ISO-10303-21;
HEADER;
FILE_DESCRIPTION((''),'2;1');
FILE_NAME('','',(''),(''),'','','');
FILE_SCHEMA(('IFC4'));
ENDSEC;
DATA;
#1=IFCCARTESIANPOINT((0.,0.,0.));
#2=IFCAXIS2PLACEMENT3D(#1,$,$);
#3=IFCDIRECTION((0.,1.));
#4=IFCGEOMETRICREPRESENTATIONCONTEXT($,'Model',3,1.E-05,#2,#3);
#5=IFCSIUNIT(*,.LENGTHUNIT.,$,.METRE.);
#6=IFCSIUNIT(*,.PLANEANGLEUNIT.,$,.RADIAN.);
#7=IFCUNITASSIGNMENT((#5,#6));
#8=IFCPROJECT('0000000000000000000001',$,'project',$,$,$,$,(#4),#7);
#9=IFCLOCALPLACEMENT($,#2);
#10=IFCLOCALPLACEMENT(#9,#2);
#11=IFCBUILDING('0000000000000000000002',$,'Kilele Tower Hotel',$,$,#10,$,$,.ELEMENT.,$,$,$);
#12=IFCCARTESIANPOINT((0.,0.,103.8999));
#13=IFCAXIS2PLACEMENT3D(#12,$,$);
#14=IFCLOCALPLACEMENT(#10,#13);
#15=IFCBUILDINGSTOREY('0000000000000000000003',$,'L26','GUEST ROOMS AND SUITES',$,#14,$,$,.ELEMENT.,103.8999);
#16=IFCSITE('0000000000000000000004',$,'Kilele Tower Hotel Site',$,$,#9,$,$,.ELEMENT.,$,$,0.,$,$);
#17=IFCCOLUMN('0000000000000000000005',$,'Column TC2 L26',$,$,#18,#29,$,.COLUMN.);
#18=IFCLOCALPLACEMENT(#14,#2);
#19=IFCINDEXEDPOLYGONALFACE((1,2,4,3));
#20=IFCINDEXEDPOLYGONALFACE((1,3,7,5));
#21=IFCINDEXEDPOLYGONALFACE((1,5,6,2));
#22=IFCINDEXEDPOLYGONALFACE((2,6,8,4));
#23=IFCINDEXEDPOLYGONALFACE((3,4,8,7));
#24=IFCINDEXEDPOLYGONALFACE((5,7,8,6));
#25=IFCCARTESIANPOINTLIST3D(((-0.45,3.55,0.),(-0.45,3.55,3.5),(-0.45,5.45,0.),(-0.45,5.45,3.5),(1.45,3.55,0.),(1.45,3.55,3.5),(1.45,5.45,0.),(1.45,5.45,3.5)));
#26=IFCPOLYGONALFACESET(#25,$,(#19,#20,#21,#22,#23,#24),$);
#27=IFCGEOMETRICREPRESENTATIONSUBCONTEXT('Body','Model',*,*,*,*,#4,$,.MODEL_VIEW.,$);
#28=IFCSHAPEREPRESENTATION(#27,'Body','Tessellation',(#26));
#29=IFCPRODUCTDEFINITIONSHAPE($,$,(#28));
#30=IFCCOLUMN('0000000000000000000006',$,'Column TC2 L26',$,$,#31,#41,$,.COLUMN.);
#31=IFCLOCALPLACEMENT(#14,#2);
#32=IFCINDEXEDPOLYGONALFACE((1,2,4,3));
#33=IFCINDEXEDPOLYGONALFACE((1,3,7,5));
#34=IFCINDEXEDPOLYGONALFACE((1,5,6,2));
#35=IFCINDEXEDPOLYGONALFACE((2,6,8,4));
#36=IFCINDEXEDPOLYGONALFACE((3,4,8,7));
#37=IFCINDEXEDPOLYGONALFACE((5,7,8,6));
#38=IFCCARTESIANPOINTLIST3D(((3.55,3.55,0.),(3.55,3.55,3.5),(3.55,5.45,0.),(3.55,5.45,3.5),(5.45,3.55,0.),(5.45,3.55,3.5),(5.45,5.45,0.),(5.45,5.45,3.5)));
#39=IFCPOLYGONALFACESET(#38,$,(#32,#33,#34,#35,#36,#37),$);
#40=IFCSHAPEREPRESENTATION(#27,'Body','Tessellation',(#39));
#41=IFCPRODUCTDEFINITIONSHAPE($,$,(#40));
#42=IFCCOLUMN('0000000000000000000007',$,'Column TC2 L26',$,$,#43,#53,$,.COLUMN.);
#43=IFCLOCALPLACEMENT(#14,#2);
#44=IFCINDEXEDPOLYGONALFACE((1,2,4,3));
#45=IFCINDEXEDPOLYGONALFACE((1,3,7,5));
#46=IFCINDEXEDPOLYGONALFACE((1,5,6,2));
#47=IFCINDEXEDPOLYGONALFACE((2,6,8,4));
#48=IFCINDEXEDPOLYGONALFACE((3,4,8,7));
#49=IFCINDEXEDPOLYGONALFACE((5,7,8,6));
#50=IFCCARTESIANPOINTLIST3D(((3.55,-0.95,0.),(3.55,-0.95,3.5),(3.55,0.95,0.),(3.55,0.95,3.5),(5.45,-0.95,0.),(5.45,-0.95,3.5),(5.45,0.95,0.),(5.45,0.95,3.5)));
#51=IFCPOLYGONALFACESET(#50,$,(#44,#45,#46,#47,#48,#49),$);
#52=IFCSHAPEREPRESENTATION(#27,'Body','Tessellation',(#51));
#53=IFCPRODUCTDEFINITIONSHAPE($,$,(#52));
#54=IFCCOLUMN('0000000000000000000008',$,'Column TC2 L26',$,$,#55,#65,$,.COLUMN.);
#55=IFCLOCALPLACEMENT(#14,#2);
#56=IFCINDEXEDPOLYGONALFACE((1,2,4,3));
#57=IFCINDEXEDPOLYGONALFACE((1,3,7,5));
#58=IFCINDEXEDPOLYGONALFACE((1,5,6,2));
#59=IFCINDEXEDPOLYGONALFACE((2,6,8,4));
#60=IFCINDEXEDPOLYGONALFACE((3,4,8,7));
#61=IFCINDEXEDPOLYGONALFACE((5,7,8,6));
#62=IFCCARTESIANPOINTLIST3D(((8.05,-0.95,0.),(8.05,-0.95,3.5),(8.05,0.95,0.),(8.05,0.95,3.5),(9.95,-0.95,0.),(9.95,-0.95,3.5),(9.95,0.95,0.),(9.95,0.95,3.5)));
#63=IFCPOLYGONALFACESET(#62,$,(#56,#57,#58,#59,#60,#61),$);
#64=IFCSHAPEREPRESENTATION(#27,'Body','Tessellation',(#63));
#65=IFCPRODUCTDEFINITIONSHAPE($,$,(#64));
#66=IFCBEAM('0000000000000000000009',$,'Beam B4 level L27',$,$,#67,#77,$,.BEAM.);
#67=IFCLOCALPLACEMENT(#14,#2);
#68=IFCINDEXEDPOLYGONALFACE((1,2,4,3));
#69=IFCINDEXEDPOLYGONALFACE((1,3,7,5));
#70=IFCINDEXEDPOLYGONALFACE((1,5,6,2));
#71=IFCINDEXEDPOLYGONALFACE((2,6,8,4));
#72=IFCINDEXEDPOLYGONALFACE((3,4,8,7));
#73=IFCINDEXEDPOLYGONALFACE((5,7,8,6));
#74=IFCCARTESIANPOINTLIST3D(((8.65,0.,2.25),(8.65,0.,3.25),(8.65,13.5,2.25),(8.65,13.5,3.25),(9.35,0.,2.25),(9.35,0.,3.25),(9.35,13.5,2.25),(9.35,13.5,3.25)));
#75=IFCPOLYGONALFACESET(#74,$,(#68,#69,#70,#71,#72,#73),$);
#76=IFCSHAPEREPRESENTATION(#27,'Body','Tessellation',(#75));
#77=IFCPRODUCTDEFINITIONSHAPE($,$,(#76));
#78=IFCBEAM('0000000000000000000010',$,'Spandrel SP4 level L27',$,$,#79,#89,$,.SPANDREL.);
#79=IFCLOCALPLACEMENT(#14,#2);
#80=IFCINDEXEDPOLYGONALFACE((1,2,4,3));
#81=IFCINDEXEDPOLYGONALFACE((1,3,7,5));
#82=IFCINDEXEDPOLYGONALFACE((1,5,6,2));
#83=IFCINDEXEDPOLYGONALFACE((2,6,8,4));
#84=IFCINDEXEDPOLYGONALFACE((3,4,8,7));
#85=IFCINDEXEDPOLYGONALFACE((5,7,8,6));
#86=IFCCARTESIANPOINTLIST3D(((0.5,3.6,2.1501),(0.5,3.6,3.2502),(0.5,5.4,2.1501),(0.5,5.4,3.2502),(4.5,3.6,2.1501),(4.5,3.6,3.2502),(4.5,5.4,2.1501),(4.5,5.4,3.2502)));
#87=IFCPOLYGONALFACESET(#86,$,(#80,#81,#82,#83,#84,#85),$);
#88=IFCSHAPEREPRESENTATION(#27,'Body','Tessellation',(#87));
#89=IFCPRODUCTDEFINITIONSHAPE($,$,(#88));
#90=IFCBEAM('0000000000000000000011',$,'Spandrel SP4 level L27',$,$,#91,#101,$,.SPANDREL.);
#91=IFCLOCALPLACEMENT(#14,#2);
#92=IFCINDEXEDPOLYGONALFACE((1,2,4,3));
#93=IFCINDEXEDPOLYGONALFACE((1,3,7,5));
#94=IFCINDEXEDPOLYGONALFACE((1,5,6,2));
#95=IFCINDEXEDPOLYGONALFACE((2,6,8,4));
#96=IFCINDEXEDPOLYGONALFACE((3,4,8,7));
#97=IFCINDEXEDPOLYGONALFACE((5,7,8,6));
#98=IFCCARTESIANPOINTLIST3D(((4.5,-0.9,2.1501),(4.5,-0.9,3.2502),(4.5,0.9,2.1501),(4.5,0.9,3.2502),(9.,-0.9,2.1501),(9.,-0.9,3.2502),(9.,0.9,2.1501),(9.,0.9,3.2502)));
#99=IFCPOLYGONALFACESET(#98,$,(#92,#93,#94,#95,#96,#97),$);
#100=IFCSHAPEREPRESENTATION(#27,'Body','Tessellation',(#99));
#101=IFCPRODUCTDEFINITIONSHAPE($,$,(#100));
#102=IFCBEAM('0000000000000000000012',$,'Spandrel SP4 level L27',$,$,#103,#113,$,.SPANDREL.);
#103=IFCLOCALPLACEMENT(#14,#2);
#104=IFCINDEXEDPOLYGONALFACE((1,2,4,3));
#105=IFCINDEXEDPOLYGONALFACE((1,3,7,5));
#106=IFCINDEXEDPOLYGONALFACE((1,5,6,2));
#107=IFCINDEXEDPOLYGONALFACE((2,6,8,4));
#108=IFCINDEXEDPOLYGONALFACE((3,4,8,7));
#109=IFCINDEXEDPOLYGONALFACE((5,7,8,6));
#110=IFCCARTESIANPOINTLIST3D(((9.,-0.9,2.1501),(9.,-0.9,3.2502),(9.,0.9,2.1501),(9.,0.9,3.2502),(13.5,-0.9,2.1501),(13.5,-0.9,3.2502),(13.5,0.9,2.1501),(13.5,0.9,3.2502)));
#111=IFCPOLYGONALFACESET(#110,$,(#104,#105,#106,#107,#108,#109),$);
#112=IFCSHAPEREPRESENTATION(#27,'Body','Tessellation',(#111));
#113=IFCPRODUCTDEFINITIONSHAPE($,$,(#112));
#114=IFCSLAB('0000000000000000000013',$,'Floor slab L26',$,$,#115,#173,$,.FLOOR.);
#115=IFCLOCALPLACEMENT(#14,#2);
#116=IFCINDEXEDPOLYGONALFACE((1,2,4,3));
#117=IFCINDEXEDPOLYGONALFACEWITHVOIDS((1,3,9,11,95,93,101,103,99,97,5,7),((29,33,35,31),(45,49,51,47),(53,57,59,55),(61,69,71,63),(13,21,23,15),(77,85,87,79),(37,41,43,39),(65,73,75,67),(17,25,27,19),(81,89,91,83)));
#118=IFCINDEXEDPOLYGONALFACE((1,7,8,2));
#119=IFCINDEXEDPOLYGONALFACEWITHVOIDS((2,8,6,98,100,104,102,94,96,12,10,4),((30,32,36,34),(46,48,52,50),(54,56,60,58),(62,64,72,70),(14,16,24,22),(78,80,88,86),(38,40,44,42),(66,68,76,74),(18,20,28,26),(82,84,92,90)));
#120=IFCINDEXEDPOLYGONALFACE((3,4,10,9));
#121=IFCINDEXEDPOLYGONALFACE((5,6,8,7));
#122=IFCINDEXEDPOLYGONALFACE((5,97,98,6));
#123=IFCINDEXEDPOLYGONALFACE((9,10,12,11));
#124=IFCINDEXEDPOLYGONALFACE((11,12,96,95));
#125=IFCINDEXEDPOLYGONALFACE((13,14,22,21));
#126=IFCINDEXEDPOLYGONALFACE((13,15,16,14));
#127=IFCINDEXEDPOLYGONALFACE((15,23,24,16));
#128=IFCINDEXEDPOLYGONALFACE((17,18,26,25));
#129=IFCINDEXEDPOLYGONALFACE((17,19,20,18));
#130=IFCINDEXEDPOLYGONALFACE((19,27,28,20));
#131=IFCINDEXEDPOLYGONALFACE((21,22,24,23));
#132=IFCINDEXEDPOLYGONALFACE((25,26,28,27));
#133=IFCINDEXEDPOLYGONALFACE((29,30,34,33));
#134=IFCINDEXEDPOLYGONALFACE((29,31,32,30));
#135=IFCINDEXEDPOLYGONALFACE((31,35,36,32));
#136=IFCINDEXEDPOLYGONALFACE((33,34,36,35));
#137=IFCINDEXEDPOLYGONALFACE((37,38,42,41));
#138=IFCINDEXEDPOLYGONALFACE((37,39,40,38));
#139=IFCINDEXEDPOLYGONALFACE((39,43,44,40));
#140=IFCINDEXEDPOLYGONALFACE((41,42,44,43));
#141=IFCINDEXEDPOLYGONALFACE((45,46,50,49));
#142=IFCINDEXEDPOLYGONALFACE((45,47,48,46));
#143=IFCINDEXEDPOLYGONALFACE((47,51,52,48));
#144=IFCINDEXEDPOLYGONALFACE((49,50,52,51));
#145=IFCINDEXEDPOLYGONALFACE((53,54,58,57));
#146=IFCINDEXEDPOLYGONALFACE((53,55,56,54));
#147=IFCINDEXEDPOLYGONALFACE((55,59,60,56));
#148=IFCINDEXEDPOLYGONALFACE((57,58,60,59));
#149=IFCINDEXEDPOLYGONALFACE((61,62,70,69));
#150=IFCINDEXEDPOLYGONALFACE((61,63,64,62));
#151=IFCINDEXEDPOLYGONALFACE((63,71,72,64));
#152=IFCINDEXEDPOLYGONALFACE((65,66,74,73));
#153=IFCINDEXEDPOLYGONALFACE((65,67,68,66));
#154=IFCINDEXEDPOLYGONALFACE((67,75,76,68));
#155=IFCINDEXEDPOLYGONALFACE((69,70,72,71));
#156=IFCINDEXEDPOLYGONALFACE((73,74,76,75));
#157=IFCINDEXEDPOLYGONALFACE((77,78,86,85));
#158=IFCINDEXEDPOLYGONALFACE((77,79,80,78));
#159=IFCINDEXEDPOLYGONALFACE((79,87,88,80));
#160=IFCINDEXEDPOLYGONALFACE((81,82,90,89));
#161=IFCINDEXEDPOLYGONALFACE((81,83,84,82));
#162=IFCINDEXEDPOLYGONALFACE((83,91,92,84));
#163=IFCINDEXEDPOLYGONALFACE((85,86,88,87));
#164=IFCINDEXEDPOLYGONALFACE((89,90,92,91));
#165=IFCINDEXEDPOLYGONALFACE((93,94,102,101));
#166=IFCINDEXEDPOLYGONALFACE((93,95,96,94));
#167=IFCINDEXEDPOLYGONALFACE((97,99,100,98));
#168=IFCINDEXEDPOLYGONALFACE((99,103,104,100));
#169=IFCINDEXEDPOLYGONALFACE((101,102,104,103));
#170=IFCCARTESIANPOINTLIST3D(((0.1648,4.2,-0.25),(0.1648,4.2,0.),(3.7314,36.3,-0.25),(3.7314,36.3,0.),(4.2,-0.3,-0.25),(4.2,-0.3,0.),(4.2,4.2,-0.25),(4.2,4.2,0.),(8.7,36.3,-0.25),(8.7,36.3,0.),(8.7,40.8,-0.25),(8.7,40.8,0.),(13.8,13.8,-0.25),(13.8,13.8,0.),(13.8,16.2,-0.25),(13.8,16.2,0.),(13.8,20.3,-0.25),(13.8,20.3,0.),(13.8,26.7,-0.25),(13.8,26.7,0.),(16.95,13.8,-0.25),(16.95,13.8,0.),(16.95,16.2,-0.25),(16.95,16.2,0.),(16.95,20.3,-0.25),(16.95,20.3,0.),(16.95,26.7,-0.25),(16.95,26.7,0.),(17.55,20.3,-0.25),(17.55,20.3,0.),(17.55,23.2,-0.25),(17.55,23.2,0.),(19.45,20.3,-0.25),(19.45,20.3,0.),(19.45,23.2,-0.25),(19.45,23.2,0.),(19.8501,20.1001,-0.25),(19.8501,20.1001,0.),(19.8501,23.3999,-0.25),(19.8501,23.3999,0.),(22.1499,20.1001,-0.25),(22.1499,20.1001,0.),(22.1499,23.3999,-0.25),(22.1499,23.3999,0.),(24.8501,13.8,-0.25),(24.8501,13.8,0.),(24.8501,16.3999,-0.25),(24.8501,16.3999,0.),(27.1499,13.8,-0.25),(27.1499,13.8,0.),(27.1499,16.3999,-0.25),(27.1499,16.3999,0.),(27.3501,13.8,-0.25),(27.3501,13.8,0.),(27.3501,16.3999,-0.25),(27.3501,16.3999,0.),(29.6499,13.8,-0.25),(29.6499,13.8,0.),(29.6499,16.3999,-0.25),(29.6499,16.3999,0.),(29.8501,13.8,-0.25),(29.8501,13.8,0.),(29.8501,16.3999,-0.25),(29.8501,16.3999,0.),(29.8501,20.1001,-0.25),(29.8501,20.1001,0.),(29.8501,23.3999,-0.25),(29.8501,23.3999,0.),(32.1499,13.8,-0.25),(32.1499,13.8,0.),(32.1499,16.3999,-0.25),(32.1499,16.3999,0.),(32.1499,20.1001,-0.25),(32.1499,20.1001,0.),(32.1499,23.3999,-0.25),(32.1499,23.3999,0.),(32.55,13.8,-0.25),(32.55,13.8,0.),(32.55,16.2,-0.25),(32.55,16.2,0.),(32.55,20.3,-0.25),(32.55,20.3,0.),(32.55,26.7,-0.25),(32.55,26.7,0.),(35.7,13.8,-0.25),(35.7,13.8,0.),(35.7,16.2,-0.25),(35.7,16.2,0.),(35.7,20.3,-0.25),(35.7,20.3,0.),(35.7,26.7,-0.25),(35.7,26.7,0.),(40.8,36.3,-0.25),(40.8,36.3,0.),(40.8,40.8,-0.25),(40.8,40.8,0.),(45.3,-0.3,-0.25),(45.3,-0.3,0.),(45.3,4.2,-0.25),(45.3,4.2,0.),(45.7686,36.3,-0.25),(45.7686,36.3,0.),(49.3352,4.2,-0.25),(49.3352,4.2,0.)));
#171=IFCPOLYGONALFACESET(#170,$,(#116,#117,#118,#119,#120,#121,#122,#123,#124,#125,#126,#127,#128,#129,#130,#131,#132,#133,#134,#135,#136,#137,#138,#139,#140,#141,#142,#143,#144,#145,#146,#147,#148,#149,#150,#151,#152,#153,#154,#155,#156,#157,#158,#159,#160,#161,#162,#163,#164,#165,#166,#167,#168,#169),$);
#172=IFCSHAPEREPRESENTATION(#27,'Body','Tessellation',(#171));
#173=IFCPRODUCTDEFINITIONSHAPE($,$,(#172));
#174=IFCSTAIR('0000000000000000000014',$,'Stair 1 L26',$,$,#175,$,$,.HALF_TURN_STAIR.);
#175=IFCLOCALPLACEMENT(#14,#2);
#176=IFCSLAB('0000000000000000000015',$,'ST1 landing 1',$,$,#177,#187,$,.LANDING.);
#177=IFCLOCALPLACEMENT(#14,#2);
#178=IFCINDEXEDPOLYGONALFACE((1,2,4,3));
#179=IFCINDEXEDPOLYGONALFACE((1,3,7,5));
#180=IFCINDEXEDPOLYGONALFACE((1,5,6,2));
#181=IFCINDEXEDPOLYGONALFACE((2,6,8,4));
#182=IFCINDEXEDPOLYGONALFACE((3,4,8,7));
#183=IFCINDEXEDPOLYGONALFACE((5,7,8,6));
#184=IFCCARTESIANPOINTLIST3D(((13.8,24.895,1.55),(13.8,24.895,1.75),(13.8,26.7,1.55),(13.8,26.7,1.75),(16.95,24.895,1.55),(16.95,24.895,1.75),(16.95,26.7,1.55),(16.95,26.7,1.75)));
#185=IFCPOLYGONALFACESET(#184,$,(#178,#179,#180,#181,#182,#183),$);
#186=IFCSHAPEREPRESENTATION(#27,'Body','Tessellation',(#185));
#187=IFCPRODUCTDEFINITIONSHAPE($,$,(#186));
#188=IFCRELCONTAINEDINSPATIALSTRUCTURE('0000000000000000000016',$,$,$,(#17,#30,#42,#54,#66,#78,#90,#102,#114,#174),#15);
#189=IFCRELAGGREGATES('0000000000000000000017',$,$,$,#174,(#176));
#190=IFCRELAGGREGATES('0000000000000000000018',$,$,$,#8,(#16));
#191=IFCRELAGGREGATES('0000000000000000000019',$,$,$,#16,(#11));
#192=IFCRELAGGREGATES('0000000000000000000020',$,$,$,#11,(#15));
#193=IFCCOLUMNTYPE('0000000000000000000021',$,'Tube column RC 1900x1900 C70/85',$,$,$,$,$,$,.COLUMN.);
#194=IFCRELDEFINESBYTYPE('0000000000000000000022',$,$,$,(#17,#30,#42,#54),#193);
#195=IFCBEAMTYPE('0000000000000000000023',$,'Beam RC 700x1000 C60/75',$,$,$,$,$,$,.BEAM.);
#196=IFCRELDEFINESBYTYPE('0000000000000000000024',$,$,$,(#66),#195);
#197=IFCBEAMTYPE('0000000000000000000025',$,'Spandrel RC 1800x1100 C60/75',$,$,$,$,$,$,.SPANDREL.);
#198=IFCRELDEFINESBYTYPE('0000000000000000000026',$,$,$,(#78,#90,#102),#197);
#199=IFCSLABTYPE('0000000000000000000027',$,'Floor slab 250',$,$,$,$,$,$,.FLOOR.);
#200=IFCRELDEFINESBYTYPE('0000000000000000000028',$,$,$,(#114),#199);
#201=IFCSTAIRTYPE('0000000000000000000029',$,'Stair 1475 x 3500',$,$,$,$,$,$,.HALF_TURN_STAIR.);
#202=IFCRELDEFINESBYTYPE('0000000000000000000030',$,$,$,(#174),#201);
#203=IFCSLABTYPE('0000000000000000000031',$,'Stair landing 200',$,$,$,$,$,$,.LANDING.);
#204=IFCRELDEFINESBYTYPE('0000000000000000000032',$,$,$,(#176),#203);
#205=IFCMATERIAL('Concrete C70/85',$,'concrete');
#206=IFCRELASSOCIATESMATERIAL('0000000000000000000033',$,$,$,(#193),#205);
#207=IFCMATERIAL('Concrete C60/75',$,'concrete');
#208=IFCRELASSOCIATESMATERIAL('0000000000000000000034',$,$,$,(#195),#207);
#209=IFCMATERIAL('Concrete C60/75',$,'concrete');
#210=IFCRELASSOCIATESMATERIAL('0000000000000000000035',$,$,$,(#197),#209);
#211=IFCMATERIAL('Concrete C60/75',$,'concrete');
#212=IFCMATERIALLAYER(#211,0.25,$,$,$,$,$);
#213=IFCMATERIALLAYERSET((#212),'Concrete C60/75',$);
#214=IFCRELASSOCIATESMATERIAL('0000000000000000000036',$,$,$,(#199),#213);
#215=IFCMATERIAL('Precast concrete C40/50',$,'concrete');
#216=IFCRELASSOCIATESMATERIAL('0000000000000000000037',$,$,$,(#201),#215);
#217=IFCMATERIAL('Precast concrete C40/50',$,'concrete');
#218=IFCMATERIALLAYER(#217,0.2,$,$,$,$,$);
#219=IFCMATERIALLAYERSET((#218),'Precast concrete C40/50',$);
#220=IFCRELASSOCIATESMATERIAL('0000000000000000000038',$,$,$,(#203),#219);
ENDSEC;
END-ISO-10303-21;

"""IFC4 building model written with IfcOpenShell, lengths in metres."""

from ifc_helpers import new_model, si_unit, direction, frame, origin, origin_2d, place, context, subcontext, project, spatial, polyline, rectangle, outline, extrude, material, layer, layer_set, material_profile, profile_set, type_object, element, aggregate, save


model = new_model("IFC4")

# Units and contexts
model_context = context("Model", 3, precision=1e-05, world=origin(), true_north=direction((0.0, 1.0)))
body_context = subcontext(model_context, "Body", "Model", "MODEL_VIEW")
ifc_project = project(units=[si_unit("LENGTHUNIT", "METRE"), si_unit("PLANEANGLEUNIT", "RADIAN")], contexts=[model_context])

# Site, building, storey
site_placement = place(None, origin())
site = spatial("IfcSite", under=ifc_project, at=site_placement, Name="Kilele Tower Hotel Site", CompositionType="ELEMENT", RefElevation=0.0)
building_placement = place(site_placement, origin())
building = spatial("IfcBuilding", under=site, at=building_placement, Name="Kilele Tower Hotel", CompositionType="ELEMENT")
storey_placement = place(building_placement, frame((0.0, 0.0, 103.8999)))
storey = spatial("IfcBuildingStorey", under=building, at=storey_placement, Name="L26", Description="GUEST ROOMS AND SUITES", CompositionType="ELEMENT", Elevation=103.8999)

# Columns
ifc_material_1 = material(Name="Concrete C70/85", Category="concrete")
ifc_material_profile_1 = material_profile(ifc_material_1, rectangle(XDim=1.8999, YDim=1.8999, at=origin_2d()))
ifc_profile_set_1 = profile_set([ifc_material_profile_1], Name="Concrete C70/85")
column_type = type_object("IfcColumnType", Name="Tube column RC 1900x1900 C70/85", PredefinedType="COLUMN", material=ifc_profile_set_1)
for number, where, z_axis, x_axis, name in (
    (1, (0.5, 4.5, 0.0), (0.0, 0.0, 1.0), (1.0, 0.0, 0.0), "Column TC2 L26"),
    (2, (4.5, 4.5, 0.0), (0.0, 0.0, 1.0), (1.0, 0.0, 0.0), "Column TC2 L26"),
    (3, (4.5, 0.0, 0.0), (0.0, 0.0, 1.0), (1.0, 0.0, 0.0), "Column TC2 L26"),
    (4, (9.0, 0.0, 0.0), (0.0, 0.0, 1.0), (1.0, 0.0, 0.0), "Column TC2 L26"),
):
    element("IfcColumn", number, at=place(storey_placement, frame(where, z_axis=z_axis, x_axis=x_axis)), inside=storey, type_object=column_type, Name=name, PredefinedType="COLUMN", context=body_context, shape_type="SweptSolid", body=[
        extrude(rectangle(XDim=1.8999, YDim=1.8999, at=origin_2d()), origin(), (0.0, 0.0, 1.0), 3.5),
    ])

# Beams
ifc_material_2 = material(Name="Concrete C60/75", Category="concrete")
ifc_material_profile_2 = material_profile(ifc_material_2, rectangle(XDim=0.7, YDim=1.0, at=origin_2d()))
ifc_profile_set_2 = profile_set([ifc_material_profile_2], Name="Concrete C60/75")
beam_type_1 = type_object("IfcBeamType", Name="Beam RC 700x1000 C60/75", PredefinedType="BEAM", material=ifc_profile_set_2)
beam_1_placement = place(storey_placement, frame((9.0, 0.0, 2.75), z_axis=(0.0, 1.0, 0.0), x_axis=(-1.0, 0.0, 0.0)))
element("IfcBeam", 5, at=beam_1_placement, inside=storey, type_object=beam_type_1, Name="Beam B4 level L27", PredefinedType="BEAM", context=body_context, shape_type="SweptSolid", body=[
    extrude(rectangle(XDim=0.7, YDim=1.0, at=origin_2d()), origin(), (0.0, 0.0, 1.0), 13.5),
])
ifc_material_3 = material(Name="Concrete C60/75", Category="concrete")
ifc_material_profile_3 = material_profile(ifc_material_3, rectangle(XDim=1.8, YDim=1.1001, at=origin_2d()))
ifc_profile_set_3 = profile_set([ifc_material_profile_3], Name="Concrete C60/75")
beam_type_2 = type_object("IfcBeamType", Name="Spandrel RC 1800x1100 C60/75", PredefinedType="SPANDREL", material=ifc_profile_set_3)
beam_2_placement = place(storey_placement, frame((0.5, 4.5, 2.7002), z_axis=(1.0, 0.0, 0.0), x_axis=(0.0, 1.0, 0.0)))
element("IfcBeam", 6, at=beam_2_placement, inside=storey, type_object=beam_type_2, Name="Spandrel SP4 level L27", PredefinedType="SPANDREL", context=body_context, shape_type="SweptSolid", body=[
    extrude(rectangle(XDim=1.8, YDim=1.1001, at=origin_2d()), origin(), (0.0, 0.0, 1.0), 4.0),
])
for number, where, z_axis, x_axis, name in (
    (7, (4.5, 0.0, 2.7002), (1.0, 0.0, 0.0), (0.0, 1.0, 0.0), "Spandrel SP4 level L27"),
    (8, (9.0, 0.0, 2.7002), (1.0, 0.0, 0.0), (0.0, 1.0, 0.0), "Spandrel SP4 level L27"),
):
    element("IfcBeam", number, at=place(storey_placement, frame(where, z_axis=z_axis, x_axis=x_axis)), inside=storey, type_object=beam_type_2, Name=name, PredefinedType="SPANDREL", context=body_context, shape_type="SweptSolid", body=[
        extrude(rectangle(XDim=1.8, YDim=1.1001, at=origin_2d()), origin(), (0.0, 0.0, 1.0), 4.5),
    ])

# Slab
ifc_material_4 = material(Name="Concrete C60/75", Category="concrete")
ifc_layer_1 = layer(ifc_material_4, 0.25)
ifc_layer_set_1 = layer_set([ifc_layer_1], Name="Concrete C60/75")
slab_type_1 = type_object("IfcSlabType", Name="Floor slab 250", PredefinedType="FLOOR", material=ifc_layer_set_1)
slab_1_placement = place(storey_placement, frame((0.0, 0.0, -0.25)))
element("IfcSlab", 9, at=slab_1_placement, inside=storey, type_object=slab_type_1, Name="Floor slab L26", PredefinedType="FLOOR", context=body_context, shape_type="SweptSolid", body=[
    extrude(outline(polyline([(8.7, 36.3), (8.7, 40.8), (40.8, 40.8), (40.8, 36.3), (45.7686, 36.3), (49.3352, 4.2), (45.3, 4.2), (45.3, -0.3), (4.2, -0.3), (4.2, 4.2), (0.1648, 4.2), (3.7314, 36.3), (8.7, 36.3)]), holes=[polyline([(16.95, 16.2), (13.8, 16.2), (13.8, 13.8), (16.95, 13.8), (16.95, 16.2)]), polyline([(35.7, 16.2), (32.55, 16.2), (32.55, 13.8), (35.7, 13.8), (35.7, 16.2)]), polyline([(27.1499, 16.3999), (24.8501, 16.3999), (24.8501, 13.8), (27.1499, 13.8), (27.1499, 16.3999)]), polyline([(29.6499, 13.8), (29.6499, 16.3999), (27.3501, 16.3999), (27.3501, 13.8), (29.6499, 13.8)]), polyline([(32.1499, 13.8), (32.1499, 16.3999), (29.8501, 16.3999), (29.8501, 13.8), (32.1499, 13.8)]), polyline([(19.45, 23.2), (17.55, 23.2), (17.55, 20.3), (19.45, 20.3), (19.45, 23.2)]), polyline([(22.1499, 23.3999), (19.8501, 23.3999), (19.8501, 20.1001), (22.1499, 20.1001), (22.1499, 23.3999)]), polyline([(32.1499, 23.3999), (29.8501, 23.3999), (29.8501, 20.1001), (32.1499, 20.1001), (32.1499, 23.3999)]), polyline([(16.95, 20.3), (16.95, 26.7), (13.8, 26.7), (13.8, 20.3), (16.95, 20.3)]), polyline([(35.7, 20.3), (35.7, 26.7), (32.55, 26.7), (32.55, 20.3), (35.7, 20.3)])]), origin(), (0.0, 0.0, 1.0), 0.25),
])

# Stair, slab
ifc_material_5 = material(Name="Precast concrete C40/50", Category="concrete")
stair_type = type_object("IfcStairType", Name="Stair 1475 x 3500", PredefinedType="HALF_TURN_STAIR", material=ifc_material_5)
stair_1_placement = place(storey_placement, origin())
stair_1 = element("IfcStair", 10, at=stair_1_placement, inside=storey, type_object=stair_type, Name="Stair 1 L26", PredefinedType="HALF_TURN_STAIR")
ifc_material_6 = material(Name="Precast concrete C40/50", Category="concrete")
ifc_layer_2 = layer(ifc_material_6, 0.2)
ifc_layer_set_2 = layer_set([ifc_layer_2], Name="Precast concrete C40/50")
slab_type_2 = type_object("IfcSlabType", Name="Stair landing 200", PredefinedType="LANDING", material=ifc_layer_set_2)
slab_2_placement = place(storey_placement, frame((0.0, 0.0, 1.55)))
slab_2 = element("IfcSlab", 11, at=slab_2_placement, type_object=slab_type_2, Name="ST1 landing 1", PredefinedType="LANDING", context=body_context, shape_type="SweptSolid", body=[
    extrude(outline(polyline([(13.8, 24.895), (16.95, 24.895), (16.95, 26.7), (13.8, 26.7), (13.8, 24.895)])), origin(), (0.0, 0.0, 1.0), 0.2),
])
aggregate(stair_1, [slab_2])

save(model, "model.ifc")
